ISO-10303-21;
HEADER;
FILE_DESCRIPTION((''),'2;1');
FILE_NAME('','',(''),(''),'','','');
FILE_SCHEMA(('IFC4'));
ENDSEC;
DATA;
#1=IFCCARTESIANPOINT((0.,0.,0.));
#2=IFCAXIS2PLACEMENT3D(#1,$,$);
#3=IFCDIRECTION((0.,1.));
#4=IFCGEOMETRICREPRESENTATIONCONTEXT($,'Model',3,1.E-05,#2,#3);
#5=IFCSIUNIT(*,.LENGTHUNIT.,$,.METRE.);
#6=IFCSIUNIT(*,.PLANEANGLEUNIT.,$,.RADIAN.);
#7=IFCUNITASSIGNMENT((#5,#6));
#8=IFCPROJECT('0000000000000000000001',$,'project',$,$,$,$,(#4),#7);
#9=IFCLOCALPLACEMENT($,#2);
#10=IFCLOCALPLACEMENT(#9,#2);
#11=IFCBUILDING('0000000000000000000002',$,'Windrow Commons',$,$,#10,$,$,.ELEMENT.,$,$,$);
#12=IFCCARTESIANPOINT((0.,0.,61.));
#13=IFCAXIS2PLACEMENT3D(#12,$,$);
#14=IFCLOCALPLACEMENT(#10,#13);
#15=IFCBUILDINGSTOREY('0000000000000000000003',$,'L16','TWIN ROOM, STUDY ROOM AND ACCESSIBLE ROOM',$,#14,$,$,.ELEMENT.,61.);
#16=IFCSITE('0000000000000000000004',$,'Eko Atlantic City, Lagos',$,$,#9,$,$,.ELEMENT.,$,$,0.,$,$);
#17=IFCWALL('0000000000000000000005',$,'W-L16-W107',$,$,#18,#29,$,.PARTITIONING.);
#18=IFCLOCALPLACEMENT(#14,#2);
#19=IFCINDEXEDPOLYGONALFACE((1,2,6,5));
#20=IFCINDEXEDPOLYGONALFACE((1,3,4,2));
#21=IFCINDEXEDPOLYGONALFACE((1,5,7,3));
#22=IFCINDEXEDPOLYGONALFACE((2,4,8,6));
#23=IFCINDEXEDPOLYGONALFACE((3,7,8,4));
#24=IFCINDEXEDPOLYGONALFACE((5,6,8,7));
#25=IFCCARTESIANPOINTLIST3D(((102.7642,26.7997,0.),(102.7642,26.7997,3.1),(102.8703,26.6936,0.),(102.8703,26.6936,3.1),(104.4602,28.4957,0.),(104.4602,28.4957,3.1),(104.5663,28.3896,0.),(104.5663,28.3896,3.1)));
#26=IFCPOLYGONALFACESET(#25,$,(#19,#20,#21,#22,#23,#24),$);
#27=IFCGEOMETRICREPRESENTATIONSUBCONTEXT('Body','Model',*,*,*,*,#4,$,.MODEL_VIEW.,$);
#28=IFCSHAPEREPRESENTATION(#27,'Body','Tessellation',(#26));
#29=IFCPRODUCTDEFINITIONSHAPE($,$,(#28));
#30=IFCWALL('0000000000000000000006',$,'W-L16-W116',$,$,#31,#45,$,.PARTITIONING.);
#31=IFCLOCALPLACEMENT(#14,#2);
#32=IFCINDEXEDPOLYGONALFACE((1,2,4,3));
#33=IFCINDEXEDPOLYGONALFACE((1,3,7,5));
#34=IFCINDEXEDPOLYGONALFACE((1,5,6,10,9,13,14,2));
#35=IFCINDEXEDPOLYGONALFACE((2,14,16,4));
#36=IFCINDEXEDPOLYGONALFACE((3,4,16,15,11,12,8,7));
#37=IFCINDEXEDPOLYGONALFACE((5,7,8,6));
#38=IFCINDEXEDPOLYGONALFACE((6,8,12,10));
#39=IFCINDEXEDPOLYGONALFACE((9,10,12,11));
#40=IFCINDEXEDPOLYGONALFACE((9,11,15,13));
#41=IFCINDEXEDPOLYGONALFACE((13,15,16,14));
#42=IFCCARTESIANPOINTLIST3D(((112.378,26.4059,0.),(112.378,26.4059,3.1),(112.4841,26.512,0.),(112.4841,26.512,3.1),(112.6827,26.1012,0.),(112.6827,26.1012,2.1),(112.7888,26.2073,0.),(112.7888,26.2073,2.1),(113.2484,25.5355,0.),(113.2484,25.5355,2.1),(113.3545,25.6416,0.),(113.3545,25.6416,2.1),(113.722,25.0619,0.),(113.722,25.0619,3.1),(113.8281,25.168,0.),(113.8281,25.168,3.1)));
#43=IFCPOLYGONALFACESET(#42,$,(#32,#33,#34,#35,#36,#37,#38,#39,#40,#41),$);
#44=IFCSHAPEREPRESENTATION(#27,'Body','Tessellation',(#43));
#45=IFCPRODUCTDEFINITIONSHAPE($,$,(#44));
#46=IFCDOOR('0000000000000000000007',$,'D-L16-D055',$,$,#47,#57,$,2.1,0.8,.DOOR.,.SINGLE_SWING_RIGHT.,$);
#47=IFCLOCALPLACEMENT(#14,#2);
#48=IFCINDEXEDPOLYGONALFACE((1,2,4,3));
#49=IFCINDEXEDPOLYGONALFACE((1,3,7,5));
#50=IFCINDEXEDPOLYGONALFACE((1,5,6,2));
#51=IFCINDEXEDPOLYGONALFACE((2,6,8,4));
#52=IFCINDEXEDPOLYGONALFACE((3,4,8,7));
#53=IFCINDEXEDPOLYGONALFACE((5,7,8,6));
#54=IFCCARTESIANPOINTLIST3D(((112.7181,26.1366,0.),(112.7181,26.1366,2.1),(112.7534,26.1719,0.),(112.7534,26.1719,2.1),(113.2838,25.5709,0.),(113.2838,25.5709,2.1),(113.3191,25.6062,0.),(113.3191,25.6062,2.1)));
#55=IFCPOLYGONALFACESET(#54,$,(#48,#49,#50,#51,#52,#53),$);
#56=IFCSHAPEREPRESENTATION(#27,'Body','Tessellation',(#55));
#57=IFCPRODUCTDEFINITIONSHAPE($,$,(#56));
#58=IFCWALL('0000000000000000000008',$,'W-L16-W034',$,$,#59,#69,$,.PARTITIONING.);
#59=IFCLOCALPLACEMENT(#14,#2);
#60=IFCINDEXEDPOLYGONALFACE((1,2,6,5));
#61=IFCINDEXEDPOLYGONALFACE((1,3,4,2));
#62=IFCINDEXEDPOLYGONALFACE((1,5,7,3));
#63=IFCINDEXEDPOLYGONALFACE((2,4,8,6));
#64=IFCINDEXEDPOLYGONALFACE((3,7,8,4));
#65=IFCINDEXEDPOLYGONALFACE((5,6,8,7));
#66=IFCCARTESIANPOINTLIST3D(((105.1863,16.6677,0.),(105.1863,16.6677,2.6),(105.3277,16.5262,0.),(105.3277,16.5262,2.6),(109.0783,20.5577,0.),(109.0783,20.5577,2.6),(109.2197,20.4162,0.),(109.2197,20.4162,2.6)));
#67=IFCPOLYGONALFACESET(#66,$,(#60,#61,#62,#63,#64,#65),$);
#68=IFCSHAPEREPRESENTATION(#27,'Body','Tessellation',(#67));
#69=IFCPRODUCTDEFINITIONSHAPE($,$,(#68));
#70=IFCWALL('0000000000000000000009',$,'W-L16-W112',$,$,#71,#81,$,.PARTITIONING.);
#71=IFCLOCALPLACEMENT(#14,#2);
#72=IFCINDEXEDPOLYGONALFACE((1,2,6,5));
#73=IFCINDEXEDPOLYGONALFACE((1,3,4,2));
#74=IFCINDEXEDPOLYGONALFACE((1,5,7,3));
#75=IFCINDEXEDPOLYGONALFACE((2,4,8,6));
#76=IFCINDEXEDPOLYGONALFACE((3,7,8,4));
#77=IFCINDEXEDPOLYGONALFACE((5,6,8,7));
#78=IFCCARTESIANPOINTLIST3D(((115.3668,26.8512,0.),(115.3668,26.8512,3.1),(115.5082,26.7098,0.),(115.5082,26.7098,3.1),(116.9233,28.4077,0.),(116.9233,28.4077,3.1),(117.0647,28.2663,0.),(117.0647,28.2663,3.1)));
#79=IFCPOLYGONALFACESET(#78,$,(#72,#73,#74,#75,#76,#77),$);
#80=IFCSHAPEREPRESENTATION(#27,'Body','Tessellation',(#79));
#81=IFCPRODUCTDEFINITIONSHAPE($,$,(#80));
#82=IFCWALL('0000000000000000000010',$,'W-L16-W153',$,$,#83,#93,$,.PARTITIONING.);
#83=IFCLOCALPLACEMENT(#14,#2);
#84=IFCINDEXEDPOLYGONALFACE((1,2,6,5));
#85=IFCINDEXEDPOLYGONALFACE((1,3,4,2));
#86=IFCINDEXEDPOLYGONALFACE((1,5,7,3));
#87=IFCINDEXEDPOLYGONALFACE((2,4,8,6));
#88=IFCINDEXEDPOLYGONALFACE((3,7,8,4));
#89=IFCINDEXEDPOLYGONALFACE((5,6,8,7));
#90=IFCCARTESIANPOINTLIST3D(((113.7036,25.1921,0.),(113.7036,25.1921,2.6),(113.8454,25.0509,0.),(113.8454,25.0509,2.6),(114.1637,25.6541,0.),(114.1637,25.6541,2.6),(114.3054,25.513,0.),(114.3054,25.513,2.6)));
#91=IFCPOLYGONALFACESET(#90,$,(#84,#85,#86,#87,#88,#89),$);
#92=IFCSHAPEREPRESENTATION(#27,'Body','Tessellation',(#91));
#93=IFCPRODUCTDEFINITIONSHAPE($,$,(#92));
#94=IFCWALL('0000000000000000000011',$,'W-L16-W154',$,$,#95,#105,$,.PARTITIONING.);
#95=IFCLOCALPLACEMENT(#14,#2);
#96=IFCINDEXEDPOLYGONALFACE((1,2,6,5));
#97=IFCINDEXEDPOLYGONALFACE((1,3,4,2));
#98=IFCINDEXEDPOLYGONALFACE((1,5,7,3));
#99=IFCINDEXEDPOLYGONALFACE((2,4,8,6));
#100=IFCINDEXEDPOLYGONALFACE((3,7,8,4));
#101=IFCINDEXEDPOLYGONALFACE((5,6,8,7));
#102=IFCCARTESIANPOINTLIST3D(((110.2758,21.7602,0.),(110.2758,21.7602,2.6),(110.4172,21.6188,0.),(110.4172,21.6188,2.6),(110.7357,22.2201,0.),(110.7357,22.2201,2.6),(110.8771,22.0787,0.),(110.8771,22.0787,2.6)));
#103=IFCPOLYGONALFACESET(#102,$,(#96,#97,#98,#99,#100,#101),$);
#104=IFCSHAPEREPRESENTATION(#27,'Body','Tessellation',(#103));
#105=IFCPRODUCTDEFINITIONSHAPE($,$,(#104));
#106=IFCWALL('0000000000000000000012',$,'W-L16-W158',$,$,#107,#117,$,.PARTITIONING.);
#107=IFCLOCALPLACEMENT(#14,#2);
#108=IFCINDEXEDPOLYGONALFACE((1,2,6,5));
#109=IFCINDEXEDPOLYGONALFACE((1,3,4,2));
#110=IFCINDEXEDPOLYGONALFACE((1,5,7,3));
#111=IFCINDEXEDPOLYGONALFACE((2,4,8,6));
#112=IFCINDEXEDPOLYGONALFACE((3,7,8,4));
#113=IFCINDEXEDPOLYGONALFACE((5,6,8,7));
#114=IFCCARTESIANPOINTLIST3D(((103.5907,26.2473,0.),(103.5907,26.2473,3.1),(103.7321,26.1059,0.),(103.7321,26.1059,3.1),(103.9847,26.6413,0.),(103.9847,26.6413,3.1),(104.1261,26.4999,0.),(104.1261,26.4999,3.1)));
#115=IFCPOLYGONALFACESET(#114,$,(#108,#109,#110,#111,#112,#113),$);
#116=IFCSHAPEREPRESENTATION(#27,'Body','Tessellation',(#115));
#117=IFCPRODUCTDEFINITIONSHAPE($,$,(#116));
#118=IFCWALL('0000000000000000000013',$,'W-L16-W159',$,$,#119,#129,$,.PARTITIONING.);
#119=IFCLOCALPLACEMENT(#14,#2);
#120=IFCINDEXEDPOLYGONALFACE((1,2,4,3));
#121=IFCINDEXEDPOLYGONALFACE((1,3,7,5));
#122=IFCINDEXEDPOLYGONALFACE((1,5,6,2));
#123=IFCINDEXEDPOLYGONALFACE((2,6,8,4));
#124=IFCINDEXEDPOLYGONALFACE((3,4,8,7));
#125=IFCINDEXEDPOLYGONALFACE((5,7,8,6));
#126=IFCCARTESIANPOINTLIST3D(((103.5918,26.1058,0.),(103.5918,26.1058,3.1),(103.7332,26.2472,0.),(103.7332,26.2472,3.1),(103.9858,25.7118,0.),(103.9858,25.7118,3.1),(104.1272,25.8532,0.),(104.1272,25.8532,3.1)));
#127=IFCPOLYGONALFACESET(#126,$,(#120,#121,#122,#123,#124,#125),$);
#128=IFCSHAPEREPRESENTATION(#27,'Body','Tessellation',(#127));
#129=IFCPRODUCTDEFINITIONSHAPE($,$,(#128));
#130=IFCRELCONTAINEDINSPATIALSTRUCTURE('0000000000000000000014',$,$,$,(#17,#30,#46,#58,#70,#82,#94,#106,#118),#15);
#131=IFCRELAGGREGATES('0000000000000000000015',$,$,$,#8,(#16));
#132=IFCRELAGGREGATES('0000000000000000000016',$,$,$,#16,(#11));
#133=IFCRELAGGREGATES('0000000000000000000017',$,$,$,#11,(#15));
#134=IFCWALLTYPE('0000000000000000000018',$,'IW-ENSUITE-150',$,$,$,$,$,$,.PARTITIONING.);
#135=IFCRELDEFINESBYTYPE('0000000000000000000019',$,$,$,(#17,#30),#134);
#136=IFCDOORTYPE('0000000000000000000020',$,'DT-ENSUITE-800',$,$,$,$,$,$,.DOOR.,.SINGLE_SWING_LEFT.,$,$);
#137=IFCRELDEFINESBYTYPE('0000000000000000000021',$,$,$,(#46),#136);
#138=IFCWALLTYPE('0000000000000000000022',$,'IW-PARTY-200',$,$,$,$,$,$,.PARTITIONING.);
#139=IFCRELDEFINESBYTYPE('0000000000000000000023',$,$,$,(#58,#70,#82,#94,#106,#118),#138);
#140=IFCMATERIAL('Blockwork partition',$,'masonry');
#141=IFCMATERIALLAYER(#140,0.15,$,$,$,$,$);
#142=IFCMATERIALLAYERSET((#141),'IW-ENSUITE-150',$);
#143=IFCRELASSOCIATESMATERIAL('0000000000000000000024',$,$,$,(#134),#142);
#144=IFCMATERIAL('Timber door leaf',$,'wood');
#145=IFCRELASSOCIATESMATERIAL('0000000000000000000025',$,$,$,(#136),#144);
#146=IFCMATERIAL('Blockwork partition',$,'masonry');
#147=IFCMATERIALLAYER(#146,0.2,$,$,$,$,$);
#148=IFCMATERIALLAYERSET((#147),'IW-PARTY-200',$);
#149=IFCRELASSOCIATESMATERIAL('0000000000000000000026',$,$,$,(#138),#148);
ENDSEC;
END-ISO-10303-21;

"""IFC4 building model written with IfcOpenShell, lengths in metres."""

from ifc_helpers import new_model, si_unit, direction, frame, frame_2d, origin, place, context, subcontext, project, spatial, rectangle, extrude, material, layer, layer_set, type_object, element, fill, save


model = new_model("IFC4")

# Units and contexts
model_context = context("Model", 3, precision=1e-05, world=origin(), true_north=direction((0.0, 1.0)))
body_context = subcontext(model_context, "Body", "Model", "MODEL_VIEW")
ifc_project = project(units=[si_unit("LENGTHUNIT", "METRE"), si_unit("PLANEANGLEUNIT", "RADIAN")], contexts=[model_context])

# Site, building, storey
site_placement = place(None, origin())
site = spatial("IfcSite", under=ifc_project, at=site_placement, Name="Eko Atlantic City, Lagos", CompositionType="ELEMENT", RefElevation=0.0)
building_placement = place(site_placement, origin())
building = spatial("IfcBuilding", under=site, at=building_placement, Name="Windrow Commons", CompositionType="ELEMENT")
storey_placement = place(building_placement, frame((0.0, 0.0, 61.0)))
storey = spatial("IfcBuildingStorey", under=building, at=storey_placement, Name="L16", Description="TWIN ROOM, STUDY ROOM AND ACCESSIBLE ROOM", CompositionType="ELEMENT", Elevation=61.0)

# Wall
ifc_material_1 = material(Name="Blockwork partition", Category="masonry")
ifc_layer_1 = layer(ifc_material_1, 0.15)
ifc_layer_set_1 = layer_set([ifc_layer_1], Name="IW-ENSUITE-150")
wall_type_1 = type_object("IfcWallType", Name="IW-ENSUITE-150", PredefinedType="PARTITIONING", material=ifc_layer_set_1)
wall_1_placement = place(storey_placement, frame((102.8173, 26.7467, 0.0), z_axis=(0.0, 0.0, 1.0), x_axis=(0.707107, 0.707107, 0.0)))
element("IfcWall", 1, at=wall_1_placement, inside=storey, type_object=wall_type_1, Name="W-L16-W107", PredefinedType="PARTITIONING", context=body_context, shape_type="SweptSolid", body=[
    extrude(rectangle(XDim=2.3985, YDim=0.15, at=frame_2d((1.1992, 0.0))), origin(), (0.0, 0.0, 1.0), 3.1),
])

# Wall, opening, door
wall_2_placement = place(storey_placement, frame((112.431, 26.459, 0.0), z_axis=(0.0, 0.0, 1.0), x_axis=(0.707107, -0.707107, 0.0)))
wall_2 = element("IfcWall", 2, at=wall_2_placement, inside=storey, type_object=wall_type_1, Name="W-L16-W116", PredefinedType="PARTITIONING", context=body_context, shape_type="SweptSolid", body=[
    extrude(rectangle(XDim=1.9007, YDim=0.15, at=frame_2d((0.9504, 0.0))), origin(), (0.0, 0.0, 1.0), 3.1),
])
opening_1_placement = place(wall_2_placement, frame((0.431, 0.0, 0.0)))
opening_1 = element("IfcOpeningElement", 3, at=opening_1_placement, cuts=wall_2, PredefinedType="OPENING", context=body_context, shape_type="SweptSolid", body=[
    extrude(rectangle(XDim=0.8, YDim=2.1, at=frame_2d((0.4, 1.05))), frame((0.0, 0.085, 0.0), z_axis=(0.0, -1.0, 0.0), x_axis=(1.0, 0.0, 0.0)), (0.0, 0.0, 1.0), 0.17),
])
ifc_material_2 = material(Name="Timber door leaf", Category="wood")
door_type = type_object("IfcDoorType", Name="DT-ENSUITE-800", OperationType="SINGLE_SWING_LEFT", PredefinedType="DOOR", material=ifc_material_2)
door_placement = place(opening_1_placement, origin())
door = element("IfcDoor", 4, at=door_placement, inside=storey, type_object=door_type, Name="D-L16-D055", OperationType="SINGLE_SWING_RIGHT", OverallHeight=2.1, OverallWidth=0.8, PredefinedType="DOOR", context=body_context, shape_type="SweptSolid", body=[
    extrude(rectangle(XDim=0.8, YDim=2.1, at=frame_2d((0.4, 1.05))), frame((0.0, 0.025, 0.0), z_axis=(0.0, -1.0, 0.0), x_axis=(1.0, 0.0, 0.0)), (0.0, 0.0, 1.0), 0.05),
])
fill(opening_1, door)

# Walls
ifc_material_3 = material(Name="Blockwork partition", Category="masonry")
ifc_layer_2 = layer(ifc_material_3, 0.2)
ifc_layer_set_2 = layer_set([ifc_layer_2], Name="IW-PARTY-200")
wall_type_2 = type_object("IfcWallType", Name="IW-PARTY-200", PredefinedType="PARTITIONING", material=ifc_layer_set_2)
wall_3_placement = place(storey_placement, frame((105.257, 16.597, 0.0), z_axis=(0.0, 0.0, 1.0), x_axis=(0.707288, 0.706925, 0.0)))
element("IfcWall", 5, at=wall_3_placement, inside=storey, type_object=wall_type_2, Name="W-L16-W034", PredefinedType="PARTITIONING", context=body_context, shape_type="SweptSolid", body=[
    extrude(rectangle(XDim=5.5027, YDim=0.2, at=frame_2d((2.7513, 0.0))), origin(), (0.0, 0.0, 1.0), 2.6),
])
wall_4_placement = place(storey_placement, frame((115.4375, 26.7805, 0.0), z_axis=(0.0, 0.0, 1.0), x_axis=(0.707107, 0.707107, 0.0)))
element("IfcWall", 6, at=wall_4_placement, inside=storey, type_object=wall_type_2, Name="W-L16-W112", PredefinedType="PARTITIONING", context=body_context, shape_type="SweptSolid", body=[
    extrude(rectangle(XDim=2.2012, YDim=0.2, at=frame_2d((1.1006, 0.0))), origin(), (0.0, 0.0, 1.0), 3.1),
])
wall_5_placement = place(storey_placement, frame((113.7745, 25.1215, 0.0), z_axis=(0.0, 0.0, 1.0), x_axis=(0.705571, 0.708639, 0.0)))
element("IfcWall", 7, at=wall_5_placement, inside=storey, type_object=wall_type_2, Name="W-L16-W153", PredefinedType="PARTITIONING", context=body_context, shape_type="SweptSolid", body=[
    extrude(rectangle(XDim=0.652, YDim=0.2, at=frame_2d((0.326, 0.0))), origin(), (0.0, 0.0, 1.0), 2.6),
])
wall_6_placement = place(storey_placement, frame((110.3465, 21.6895, 0.0), z_axis=(0.0, 0.0, 1.0), x_axis=(0.707107, 0.707107, 0.0)))
element("IfcWall", 8, at=wall_6_placement, inside=storey, type_object=wall_type_2, Name="W-L16-W154", PredefinedType="PARTITIONING", context=body_context, shape_type="SweptSolid", body=[
    extrude(rectangle(XDim=0.6505, YDim=0.2, at=frame_2d((0.3252, 0.0))), origin(), (0.0, 0.0, 1.0), 2.6),
])
for number, where, z_axis, x_axis, name in (
    (9, (103.6614, 26.1766, 0.0), (0.0, 0.0, 1.0), (0.707107, 0.707107, 0.0), "W-L16-W158"),
    (10, (103.6625, 26.1765, 0.0), (0.0, 0.0, 1.0), (0.707107, -0.707107, 0.0), "W-L16-W159"),
):
    element("IfcWall", number, at=place(storey_placement, frame(where, z_axis=z_axis, x_axis=x_axis)), inside=storey, type_object=wall_type_2, Name=name, PredefinedType="PARTITIONING", context=body_context, shape_type="SweptSolid", body=[
        extrude(rectangle(XDim=0.5572, YDim=0.2, at=frame_2d((0.2786, 0.0))), origin(), (0.0, 0.0, 1.0), 3.1),
    ])

save(model, "model.ifc")
